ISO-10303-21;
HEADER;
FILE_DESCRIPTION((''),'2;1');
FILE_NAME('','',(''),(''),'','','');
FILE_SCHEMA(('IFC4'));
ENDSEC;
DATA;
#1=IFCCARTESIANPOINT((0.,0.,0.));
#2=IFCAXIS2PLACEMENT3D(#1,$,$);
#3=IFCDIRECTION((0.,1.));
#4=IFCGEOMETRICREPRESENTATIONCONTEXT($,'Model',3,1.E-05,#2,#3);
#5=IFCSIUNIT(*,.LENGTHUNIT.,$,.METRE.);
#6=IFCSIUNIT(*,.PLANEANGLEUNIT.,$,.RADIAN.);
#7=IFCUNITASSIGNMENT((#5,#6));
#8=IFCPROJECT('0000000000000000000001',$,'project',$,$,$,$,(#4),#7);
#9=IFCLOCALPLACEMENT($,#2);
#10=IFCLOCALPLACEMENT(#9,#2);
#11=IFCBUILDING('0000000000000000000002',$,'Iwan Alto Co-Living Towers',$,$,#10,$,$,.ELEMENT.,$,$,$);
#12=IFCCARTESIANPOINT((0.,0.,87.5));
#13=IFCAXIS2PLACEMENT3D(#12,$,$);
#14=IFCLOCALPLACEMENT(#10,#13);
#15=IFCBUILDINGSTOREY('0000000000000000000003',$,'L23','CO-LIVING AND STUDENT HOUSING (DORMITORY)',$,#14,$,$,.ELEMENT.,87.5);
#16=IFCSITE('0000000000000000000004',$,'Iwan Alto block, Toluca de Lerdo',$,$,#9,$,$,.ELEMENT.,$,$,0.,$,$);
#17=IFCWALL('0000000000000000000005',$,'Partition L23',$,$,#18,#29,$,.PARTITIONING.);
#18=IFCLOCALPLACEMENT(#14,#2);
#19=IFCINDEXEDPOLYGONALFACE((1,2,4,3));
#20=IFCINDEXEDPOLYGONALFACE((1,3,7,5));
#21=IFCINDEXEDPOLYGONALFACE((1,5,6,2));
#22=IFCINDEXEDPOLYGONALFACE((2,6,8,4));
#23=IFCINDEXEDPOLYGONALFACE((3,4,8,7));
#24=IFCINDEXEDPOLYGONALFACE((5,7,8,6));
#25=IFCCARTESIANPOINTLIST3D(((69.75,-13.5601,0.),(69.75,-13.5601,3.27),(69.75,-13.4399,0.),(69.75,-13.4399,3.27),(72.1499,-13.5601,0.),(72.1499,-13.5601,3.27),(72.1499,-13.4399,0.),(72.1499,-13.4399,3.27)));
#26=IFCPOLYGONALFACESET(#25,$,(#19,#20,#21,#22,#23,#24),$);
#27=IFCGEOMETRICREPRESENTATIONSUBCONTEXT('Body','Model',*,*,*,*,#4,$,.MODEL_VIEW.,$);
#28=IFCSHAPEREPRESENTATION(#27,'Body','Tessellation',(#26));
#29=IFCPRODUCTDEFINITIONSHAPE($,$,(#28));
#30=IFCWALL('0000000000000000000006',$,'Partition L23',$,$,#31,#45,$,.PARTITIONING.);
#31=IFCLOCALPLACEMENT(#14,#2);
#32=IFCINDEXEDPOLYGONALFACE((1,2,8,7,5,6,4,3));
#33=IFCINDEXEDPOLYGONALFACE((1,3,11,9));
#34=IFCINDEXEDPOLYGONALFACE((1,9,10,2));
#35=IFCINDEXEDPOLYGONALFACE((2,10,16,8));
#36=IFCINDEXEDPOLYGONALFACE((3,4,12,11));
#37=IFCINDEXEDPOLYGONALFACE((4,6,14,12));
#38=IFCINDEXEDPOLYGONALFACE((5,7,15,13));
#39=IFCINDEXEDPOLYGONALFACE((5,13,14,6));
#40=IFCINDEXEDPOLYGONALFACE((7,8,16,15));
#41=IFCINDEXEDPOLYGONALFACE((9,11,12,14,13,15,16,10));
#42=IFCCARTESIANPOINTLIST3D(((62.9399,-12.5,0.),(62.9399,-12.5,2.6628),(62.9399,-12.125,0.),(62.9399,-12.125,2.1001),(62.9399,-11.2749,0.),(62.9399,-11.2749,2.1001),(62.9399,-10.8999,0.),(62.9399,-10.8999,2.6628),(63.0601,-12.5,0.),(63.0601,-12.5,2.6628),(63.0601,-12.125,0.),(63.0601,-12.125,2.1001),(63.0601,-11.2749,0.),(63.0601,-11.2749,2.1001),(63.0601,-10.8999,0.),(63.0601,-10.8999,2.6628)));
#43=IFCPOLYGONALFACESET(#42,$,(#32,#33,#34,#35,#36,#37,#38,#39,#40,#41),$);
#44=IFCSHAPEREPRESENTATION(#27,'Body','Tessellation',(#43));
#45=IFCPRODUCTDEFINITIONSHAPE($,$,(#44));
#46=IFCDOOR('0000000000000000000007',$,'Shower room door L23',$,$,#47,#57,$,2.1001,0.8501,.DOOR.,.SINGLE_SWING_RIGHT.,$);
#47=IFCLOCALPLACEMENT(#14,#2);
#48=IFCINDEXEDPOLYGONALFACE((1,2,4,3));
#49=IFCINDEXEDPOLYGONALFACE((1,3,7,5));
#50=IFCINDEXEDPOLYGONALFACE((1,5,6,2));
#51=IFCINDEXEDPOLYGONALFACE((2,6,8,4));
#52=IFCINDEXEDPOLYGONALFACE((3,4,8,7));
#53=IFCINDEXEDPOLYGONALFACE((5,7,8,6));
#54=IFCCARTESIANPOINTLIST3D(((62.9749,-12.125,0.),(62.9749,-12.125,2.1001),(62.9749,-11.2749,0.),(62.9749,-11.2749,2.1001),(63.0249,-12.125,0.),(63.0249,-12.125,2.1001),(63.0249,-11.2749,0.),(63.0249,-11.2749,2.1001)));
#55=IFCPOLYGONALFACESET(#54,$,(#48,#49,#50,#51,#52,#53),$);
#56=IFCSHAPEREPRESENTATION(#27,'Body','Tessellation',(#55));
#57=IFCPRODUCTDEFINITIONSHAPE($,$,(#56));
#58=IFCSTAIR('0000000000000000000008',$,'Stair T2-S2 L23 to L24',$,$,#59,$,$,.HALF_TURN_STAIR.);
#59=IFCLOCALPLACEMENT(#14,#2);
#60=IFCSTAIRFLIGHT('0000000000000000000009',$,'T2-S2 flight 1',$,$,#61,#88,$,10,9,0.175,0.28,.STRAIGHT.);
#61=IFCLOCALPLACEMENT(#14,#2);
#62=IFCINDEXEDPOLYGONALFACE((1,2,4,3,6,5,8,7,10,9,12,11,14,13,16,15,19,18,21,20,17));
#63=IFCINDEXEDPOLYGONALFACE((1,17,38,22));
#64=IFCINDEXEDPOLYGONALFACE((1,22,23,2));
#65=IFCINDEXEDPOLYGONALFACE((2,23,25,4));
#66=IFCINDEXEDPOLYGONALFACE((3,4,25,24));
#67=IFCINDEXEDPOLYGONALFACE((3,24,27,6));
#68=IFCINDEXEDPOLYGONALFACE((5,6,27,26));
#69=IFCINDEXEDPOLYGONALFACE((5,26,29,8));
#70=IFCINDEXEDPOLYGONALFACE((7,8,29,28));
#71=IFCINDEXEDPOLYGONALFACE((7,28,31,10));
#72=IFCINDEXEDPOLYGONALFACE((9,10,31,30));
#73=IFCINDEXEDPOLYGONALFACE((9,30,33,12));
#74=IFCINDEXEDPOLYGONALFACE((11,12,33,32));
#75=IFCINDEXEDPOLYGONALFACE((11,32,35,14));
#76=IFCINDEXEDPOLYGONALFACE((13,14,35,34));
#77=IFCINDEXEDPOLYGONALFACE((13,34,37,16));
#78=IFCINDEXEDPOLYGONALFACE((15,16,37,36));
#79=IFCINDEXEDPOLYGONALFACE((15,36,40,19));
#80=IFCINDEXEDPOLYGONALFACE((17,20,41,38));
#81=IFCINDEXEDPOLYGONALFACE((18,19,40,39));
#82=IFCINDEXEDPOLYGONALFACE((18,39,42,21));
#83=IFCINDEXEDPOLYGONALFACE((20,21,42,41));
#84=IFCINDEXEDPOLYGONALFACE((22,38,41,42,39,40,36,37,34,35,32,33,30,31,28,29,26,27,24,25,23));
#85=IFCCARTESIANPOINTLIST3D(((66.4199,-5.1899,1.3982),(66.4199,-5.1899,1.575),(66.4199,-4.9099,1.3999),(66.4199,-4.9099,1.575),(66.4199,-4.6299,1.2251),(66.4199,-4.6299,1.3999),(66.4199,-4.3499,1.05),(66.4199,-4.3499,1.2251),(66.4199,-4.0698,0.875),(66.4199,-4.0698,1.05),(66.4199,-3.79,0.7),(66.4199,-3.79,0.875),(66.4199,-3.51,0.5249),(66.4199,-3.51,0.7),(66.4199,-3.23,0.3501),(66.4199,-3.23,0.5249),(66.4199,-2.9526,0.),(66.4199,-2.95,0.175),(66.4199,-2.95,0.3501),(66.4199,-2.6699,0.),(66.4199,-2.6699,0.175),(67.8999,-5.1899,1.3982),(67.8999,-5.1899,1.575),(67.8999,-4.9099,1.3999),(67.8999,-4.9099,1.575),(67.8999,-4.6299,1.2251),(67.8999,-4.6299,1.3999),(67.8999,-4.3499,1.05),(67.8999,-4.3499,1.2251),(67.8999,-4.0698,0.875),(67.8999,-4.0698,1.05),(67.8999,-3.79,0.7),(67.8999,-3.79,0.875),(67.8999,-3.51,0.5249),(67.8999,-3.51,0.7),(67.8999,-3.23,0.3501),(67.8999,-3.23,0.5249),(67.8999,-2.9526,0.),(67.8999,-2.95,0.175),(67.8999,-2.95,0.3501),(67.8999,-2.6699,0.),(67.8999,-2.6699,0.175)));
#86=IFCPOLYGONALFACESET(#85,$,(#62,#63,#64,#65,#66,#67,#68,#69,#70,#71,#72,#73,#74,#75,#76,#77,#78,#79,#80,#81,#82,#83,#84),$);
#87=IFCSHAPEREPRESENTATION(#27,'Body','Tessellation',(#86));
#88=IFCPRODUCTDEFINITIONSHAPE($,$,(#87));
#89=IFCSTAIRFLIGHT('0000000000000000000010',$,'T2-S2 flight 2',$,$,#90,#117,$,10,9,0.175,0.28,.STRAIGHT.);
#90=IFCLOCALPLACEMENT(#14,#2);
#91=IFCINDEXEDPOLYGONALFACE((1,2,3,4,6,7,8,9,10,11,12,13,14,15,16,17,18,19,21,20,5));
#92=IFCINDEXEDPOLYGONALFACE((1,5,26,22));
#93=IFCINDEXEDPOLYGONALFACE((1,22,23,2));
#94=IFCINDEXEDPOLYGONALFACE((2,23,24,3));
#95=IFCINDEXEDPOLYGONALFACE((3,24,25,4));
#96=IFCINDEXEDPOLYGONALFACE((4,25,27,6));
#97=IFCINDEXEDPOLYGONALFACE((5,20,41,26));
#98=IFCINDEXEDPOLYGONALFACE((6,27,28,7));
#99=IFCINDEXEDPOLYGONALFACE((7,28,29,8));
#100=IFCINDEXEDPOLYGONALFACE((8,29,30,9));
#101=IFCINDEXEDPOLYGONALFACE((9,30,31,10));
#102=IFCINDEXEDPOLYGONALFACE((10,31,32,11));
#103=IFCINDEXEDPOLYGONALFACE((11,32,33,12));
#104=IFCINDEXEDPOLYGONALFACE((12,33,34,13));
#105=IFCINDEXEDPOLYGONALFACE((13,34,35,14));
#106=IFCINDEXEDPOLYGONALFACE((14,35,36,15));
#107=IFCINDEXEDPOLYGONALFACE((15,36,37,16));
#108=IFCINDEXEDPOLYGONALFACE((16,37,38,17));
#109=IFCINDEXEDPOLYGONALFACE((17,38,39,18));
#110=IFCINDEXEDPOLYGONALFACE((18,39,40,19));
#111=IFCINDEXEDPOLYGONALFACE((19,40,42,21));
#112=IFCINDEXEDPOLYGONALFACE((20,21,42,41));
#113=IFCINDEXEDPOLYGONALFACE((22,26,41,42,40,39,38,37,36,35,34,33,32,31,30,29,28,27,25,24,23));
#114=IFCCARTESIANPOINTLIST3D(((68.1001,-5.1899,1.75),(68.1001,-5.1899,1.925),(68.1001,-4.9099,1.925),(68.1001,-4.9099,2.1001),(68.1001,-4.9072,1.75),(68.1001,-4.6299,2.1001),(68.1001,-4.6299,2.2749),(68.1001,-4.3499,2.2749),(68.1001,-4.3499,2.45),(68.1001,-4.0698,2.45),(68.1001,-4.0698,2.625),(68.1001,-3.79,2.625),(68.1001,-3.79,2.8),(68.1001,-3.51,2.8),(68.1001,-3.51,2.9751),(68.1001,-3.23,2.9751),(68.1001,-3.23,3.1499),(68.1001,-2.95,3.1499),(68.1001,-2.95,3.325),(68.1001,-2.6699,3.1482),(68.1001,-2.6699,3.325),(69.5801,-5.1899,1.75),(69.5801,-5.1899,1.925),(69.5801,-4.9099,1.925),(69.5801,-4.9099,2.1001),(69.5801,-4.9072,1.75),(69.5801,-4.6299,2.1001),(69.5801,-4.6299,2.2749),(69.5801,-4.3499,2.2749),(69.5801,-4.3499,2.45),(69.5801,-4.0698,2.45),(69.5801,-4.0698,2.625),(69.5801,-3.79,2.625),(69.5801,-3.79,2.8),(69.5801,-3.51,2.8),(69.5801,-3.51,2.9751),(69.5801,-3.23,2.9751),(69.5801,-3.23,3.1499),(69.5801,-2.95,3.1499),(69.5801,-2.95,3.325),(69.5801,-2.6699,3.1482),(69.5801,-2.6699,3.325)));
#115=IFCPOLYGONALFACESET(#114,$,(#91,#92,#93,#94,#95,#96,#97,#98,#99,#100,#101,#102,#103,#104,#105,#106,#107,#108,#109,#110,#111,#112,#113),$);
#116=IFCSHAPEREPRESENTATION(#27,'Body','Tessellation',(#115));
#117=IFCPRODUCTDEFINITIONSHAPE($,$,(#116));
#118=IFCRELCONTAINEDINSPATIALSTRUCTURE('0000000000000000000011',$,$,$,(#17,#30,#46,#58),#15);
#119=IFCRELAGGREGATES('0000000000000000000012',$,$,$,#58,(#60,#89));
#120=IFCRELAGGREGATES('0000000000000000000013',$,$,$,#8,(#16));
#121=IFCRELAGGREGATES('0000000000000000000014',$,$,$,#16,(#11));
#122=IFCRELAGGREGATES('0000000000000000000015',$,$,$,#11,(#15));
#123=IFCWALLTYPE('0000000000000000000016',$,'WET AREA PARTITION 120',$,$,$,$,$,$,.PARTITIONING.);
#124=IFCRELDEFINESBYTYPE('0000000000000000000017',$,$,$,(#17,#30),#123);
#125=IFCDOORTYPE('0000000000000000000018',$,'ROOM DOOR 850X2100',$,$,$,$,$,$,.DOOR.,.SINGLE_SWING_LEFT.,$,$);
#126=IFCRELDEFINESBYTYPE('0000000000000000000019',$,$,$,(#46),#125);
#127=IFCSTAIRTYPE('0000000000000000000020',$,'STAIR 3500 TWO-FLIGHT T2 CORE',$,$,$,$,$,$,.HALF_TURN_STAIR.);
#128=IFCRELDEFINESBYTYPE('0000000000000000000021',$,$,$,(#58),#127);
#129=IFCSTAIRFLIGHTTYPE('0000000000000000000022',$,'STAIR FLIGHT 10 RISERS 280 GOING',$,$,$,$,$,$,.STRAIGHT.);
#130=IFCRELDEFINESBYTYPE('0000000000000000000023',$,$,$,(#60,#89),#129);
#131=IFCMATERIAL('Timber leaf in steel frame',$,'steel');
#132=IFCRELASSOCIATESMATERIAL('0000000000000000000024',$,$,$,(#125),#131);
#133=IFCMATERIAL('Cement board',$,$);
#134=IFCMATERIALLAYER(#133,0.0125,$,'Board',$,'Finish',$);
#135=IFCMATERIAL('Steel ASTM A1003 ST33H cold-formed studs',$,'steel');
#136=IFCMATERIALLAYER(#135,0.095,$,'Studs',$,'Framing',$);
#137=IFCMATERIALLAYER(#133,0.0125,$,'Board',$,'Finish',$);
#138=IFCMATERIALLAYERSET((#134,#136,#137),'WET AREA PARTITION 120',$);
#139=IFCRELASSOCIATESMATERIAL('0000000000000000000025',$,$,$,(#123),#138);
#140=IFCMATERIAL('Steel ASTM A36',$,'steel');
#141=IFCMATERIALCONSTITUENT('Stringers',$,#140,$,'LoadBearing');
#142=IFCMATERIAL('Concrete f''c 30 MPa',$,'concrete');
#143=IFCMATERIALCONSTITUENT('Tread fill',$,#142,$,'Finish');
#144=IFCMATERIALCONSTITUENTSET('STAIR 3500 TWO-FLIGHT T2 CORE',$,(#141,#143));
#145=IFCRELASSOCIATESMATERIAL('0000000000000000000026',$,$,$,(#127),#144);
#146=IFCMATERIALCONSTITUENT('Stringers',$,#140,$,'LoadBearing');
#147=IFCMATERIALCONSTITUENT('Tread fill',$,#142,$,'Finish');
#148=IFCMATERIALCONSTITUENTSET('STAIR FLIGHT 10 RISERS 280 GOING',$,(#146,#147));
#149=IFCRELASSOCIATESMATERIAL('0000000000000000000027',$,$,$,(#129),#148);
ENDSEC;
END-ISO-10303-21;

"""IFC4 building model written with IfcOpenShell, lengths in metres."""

from ifc_helpers import new_model, si_unit, direction, frame, frame_2d, origin, place, context, subcontext, project, spatial, polyline, rectangle, outline, extrude, material, layer, layer_set, constituent, constituent_set, type_object, element, fill, aggregate, save


model = new_model("IFC4")

# Units and contexts
model_context = context("Model", 3, precision=1e-05, world=origin(), true_north=direction((0.0, 1.0)))
body_context = subcontext(model_context, "Body", "Model", "MODEL_VIEW")
ifc_project = project(units=[si_unit("LENGTHUNIT", "METRE"), si_unit("PLANEANGLEUNIT", "RADIAN")], contexts=[model_context])

# Site, building, storey
site_placement = place(None, origin())
site = spatial("IfcSite", under=ifc_project, at=site_placement, Name="Iwan Alto block, Toluca de Lerdo", CompositionType="ELEMENT", RefElevation=0.0)
building_placement = place(site_placement, origin())
building = spatial("IfcBuilding", under=site, at=building_placement, Name="Iwan Alto Co-Living Towers", CompositionType="ELEMENT")
storey_placement = place(building_placement, frame((0.0, 0.0, 87.5)))
storey = spatial("IfcBuildingStorey", under=building, at=storey_placement, Name="L23", Description="CO-LIVING AND STUDENT HOUSING (DORMITORY)", CompositionType="ELEMENT", Elevation=87.5)

# Shared definitions
ifc_material_1 = material(Name="Steel ASTM A1003 ST33H cold-formed studs", Category="steel")
ifc_material_2 = material(Name="Timber leaf in steel frame", Category="steel")
door_type_1 = type_object("IfcDoorType", Name="ROOM DOOR 850X2100", OperationType="SINGLE_SWING_LEFT", PredefinedType="DOOR", material=ifc_material_2)

# Wall
ifc_material_3 = material(Name="Cement board")
ifc_layer_1 = layer(ifc_material_3, 0.0125, Name="Board", Category="Finish")
ifc_layer_2 = layer(ifc_material_1, 0.095, Name="Studs", Category="Framing")
ifc_layer_3 = layer(ifc_material_3, 0.0125, Name="Board", Category="Finish")
ifc_layer_set_1 = layer_set([ifc_layer_1, ifc_layer_2, ifc_layer_3], Name="WET AREA PARTITION 120")
wall_type_1 = type_object("IfcWallType", Name="WET AREA PARTITION 120", PredefinedType="PARTITIONING", material=ifc_layer_set_1)
wall_1_placement = place(storey_placement, frame((69.75, -13.5, 0.0), z_axis=(0.0, 0.0, 1.0), x_axis=(1.0, 0.0, 0.0)))
element("IfcWall", 1, at=wall_1_placement, inside=storey, type_object=wall_type_1, Name="Partition L23", PredefinedType="PARTITIONING", context=body_context, shape_type="SweptSolid", body=[
    extrude(rectangle(XDim=2.3999, YDim=0.1201, at=frame_2d((1.2, 0.0))), origin(), (0.0, 0.0, 1.0), 3.27),
])

# Wall, opening, door
wall_2_placement = place(storey_placement, frame((63.0, -12.5, 0.0), z_axis=(0.0, 0.0, 1.0), x_axis=(0.0, 1.0, 0.0)))
wall_2 = element("IfcWall", 2, at=wall_2_placement, inside=storey, type_object=wall_type_1, Name="Partition L23", PredefinedType="PARTITIONING", context=body_context, shape_type="SweptSolid", body=[
    extrude(rectangle(XDim=1.6001, YDim=0.1201, at=frame_2d((0.8, 0.0))), origin(), (0.0, 0.0, 1.0), 2.6628),
])
opening_1_placement = place(wall_2_placement, frame((0.375, 0.0, 0.0)))
opening_1 = element("IfcOpeningElement", 3, at=opening_1_placement, cuts=wall_2, PredefinedType="OPENING", context=body_context, shape_type="SweptSolid", body=[
    extrude(rectangle(XDim=0.8501, YDim=2.1001, at=frame_2d((0.425, 1.05))), frame((0.0, 0.0701, 0.0), z_axis=(0.0, -1.0, 0.0), x_axis=(1.0, 0.0, 0.0)), (0.0, 0.0, 1.0), 0.1401),
])
door_1_placement = place(opening_1_placement, frame((0.8501, 0.0, 0.0), z_axis=(0.0, 0.0, 1.0), x_axis=(-1.0, 0.0, 0.0)))
door_1 = element("IfcDoor", 4, at=door_1_placement, inside=storey, type_object=door_type_1, Name="Shower room door L23", OperationType="SINGLE_SWING_RIGHT", OverallHeight=2.1001, OverallWidth=0.8501, PredefinedType="DOOR", context=body_context, shape_type="SweptSolid", body=[
    extrude(rectangle(XDim=0.8501, YDim=2.1001, at=frame_2d((0.425, 1.05))), frame((0.0, 0.0249, 0.0), z_axis=(0.0, -1.0, 0.0), x_axis=(1.0, 0.0, 0.0)), (0.0, 0.0, 1.0), 0.05),
])
fill(opening_1, door_1)

# Stair, stair flights
ifc_material_4 = material(Name="Steel ASTM A36", Category="steel")
ifc_constituent_1 = constituent(ifc_material_4, Name="Stringers", Category="LoadBearing")
ifc_material_5 = material(Name="Concrete f'c 30 MPa", Category="concrete")
ifc_constituent_2 = constituent(ifc_material_5, Name="Tread fill", Category="Finish")
ifc_constituent_set_1 = constituent_set(constituents=[ifc_constituent_1, ifc_constituent_2], Name="STAIR 3500 TWO-FLIGHT T2 CORE")
stair_type = type_object("IfcStairType", Name="STAIR 3500 TWO-FLIGHT T2 CORE", PredefinedType="HALF_TURN_STAIR", material=ifc_constituent_set_1)
stair_placement = place(storey_placement, origin())
stair = element("IfcStair", 5, at=stair_placement, inside=storey, type_object=stair_type, Name="Stair T2-S2 L23 to L24", PredefinedType="HALF_TURN_STAIR")
ifc_constituent_3 = constituent(ifc_material_4, Name="Stringers", Category="LoadBearing")
ifc_constituent_4 = constituent(ifc_material_5, Name="Tread fill", Category="Finish")
ifc_constituent_set_2 = constituent_set(constituents=[ifc_constituent_3, ifc_constituent_4], Name="STAIR FLIGHT 10 RISERS 280 GOING")
stair_flight_type = type_object("IfcStairFlightType", Name="STAIR FLIGHT 10 RISERS 280 GOING", PredefinedType="STRAIGHT", material=ifc_constituent_set_2)
stair_flight_1_placement = place(storey_placement, frame((67.1599, -2.6699, 0.0), z_axis=(0.0, 0.0, 1.0), x_axis=(0.0, -1.0, 0.0)))
stair_flight_1 = element("IfcStairFlight", 6, at=stair_flight_1_placement, type_object=stair_flight_type, Name="T2-S2 flight 1", NumberOfRisers=10, NumberOfTreads=9, PredefinedType="STRAIGHT", RiserHeight=0.175, TreadLength=0.28, context=body_context, shape_type="SweptSolid", body=[
    extrude(outline(polyline([(0.0, 0.0), (0.0, 0.175), (0.28, 0.175), (0.28, 0.3501), (0.5601, 0.3501), (0.5601, 0.5249), (0.8401, 0.5249), (0.8401, 0.7), (1.1201, 0.7), (1.1201, 0.875), (1.3999, 0.875), (1.3999, 1.05), (1.6799, 1.05), (1.6799, 1.2251), (1.96, 1.2251), (1.96, 1.3999), (2.24, 1.3999), (2.24, 1.575), (2.52, 1.575), (2.52, 1.75), (2.52, 1.3982), (0.2827, 0.0), (0.0, 0.0)])), frame((0.0, 0.74, 0.0), z_axis=(0.0, -1.0, 0.0), x_axis=(1.0, 0.0, 0.0)), (0.0, 0.0, 1.0), 1.48),
])
stair_flight_2_placement = place(storey_placement, frame((68.8401, -5.1899, 1.75), z_axis=(0.0, 0.0, 1.0), x_axis=(0.0, 1.0, 0.0)))
stair_flight_2 = element("IfcStairFlight", 7, at=stair_flight_2_placement, type_object=stair_flight_type, Name="T2-S2 flight 2", NumberOfRisers=10, NumberOfTreads=9, PredefinedType="STRAIGHT", RiserHeight=0.175, TreadLength=0.28, context=body_context, shape_type="SweptSolid", body=[
    extrude(outline(polyline([(0.0, 0.0), (0.0, 0.175), (0.28, 0.175), (0.28, 0.3501), (0.5601, 0.3501), (0.5601, 0.5249), (0.8401, 0.5249), (0.8401, 0.7), (1.1201, 0.7), (1.1201, 0.875), (1.3999, 0.875), (1.3999, 1.05), (1.6799, 1.05), (1.6799, 1.2251), (1.96, 1.2251), (1.96, 1.3999), (2.24, 1.3999), (2.24, 1.575), (2.52, 1.575), (2.52, 1.75), (2.52, 1.3982), (0.2827, 0.0), (0.0, 0.0)])), frame((0.0, 0.74, 0.0), z_axis=(0.0, -1.0, 0.0), x_axis=(1.0, 0.0, 0.0)), (0.0, 0.0, 1.0), 1.48),
])
aggregate(stair, [stair_flight_1, stair_flight_2])

save(model, "model.ifc")
